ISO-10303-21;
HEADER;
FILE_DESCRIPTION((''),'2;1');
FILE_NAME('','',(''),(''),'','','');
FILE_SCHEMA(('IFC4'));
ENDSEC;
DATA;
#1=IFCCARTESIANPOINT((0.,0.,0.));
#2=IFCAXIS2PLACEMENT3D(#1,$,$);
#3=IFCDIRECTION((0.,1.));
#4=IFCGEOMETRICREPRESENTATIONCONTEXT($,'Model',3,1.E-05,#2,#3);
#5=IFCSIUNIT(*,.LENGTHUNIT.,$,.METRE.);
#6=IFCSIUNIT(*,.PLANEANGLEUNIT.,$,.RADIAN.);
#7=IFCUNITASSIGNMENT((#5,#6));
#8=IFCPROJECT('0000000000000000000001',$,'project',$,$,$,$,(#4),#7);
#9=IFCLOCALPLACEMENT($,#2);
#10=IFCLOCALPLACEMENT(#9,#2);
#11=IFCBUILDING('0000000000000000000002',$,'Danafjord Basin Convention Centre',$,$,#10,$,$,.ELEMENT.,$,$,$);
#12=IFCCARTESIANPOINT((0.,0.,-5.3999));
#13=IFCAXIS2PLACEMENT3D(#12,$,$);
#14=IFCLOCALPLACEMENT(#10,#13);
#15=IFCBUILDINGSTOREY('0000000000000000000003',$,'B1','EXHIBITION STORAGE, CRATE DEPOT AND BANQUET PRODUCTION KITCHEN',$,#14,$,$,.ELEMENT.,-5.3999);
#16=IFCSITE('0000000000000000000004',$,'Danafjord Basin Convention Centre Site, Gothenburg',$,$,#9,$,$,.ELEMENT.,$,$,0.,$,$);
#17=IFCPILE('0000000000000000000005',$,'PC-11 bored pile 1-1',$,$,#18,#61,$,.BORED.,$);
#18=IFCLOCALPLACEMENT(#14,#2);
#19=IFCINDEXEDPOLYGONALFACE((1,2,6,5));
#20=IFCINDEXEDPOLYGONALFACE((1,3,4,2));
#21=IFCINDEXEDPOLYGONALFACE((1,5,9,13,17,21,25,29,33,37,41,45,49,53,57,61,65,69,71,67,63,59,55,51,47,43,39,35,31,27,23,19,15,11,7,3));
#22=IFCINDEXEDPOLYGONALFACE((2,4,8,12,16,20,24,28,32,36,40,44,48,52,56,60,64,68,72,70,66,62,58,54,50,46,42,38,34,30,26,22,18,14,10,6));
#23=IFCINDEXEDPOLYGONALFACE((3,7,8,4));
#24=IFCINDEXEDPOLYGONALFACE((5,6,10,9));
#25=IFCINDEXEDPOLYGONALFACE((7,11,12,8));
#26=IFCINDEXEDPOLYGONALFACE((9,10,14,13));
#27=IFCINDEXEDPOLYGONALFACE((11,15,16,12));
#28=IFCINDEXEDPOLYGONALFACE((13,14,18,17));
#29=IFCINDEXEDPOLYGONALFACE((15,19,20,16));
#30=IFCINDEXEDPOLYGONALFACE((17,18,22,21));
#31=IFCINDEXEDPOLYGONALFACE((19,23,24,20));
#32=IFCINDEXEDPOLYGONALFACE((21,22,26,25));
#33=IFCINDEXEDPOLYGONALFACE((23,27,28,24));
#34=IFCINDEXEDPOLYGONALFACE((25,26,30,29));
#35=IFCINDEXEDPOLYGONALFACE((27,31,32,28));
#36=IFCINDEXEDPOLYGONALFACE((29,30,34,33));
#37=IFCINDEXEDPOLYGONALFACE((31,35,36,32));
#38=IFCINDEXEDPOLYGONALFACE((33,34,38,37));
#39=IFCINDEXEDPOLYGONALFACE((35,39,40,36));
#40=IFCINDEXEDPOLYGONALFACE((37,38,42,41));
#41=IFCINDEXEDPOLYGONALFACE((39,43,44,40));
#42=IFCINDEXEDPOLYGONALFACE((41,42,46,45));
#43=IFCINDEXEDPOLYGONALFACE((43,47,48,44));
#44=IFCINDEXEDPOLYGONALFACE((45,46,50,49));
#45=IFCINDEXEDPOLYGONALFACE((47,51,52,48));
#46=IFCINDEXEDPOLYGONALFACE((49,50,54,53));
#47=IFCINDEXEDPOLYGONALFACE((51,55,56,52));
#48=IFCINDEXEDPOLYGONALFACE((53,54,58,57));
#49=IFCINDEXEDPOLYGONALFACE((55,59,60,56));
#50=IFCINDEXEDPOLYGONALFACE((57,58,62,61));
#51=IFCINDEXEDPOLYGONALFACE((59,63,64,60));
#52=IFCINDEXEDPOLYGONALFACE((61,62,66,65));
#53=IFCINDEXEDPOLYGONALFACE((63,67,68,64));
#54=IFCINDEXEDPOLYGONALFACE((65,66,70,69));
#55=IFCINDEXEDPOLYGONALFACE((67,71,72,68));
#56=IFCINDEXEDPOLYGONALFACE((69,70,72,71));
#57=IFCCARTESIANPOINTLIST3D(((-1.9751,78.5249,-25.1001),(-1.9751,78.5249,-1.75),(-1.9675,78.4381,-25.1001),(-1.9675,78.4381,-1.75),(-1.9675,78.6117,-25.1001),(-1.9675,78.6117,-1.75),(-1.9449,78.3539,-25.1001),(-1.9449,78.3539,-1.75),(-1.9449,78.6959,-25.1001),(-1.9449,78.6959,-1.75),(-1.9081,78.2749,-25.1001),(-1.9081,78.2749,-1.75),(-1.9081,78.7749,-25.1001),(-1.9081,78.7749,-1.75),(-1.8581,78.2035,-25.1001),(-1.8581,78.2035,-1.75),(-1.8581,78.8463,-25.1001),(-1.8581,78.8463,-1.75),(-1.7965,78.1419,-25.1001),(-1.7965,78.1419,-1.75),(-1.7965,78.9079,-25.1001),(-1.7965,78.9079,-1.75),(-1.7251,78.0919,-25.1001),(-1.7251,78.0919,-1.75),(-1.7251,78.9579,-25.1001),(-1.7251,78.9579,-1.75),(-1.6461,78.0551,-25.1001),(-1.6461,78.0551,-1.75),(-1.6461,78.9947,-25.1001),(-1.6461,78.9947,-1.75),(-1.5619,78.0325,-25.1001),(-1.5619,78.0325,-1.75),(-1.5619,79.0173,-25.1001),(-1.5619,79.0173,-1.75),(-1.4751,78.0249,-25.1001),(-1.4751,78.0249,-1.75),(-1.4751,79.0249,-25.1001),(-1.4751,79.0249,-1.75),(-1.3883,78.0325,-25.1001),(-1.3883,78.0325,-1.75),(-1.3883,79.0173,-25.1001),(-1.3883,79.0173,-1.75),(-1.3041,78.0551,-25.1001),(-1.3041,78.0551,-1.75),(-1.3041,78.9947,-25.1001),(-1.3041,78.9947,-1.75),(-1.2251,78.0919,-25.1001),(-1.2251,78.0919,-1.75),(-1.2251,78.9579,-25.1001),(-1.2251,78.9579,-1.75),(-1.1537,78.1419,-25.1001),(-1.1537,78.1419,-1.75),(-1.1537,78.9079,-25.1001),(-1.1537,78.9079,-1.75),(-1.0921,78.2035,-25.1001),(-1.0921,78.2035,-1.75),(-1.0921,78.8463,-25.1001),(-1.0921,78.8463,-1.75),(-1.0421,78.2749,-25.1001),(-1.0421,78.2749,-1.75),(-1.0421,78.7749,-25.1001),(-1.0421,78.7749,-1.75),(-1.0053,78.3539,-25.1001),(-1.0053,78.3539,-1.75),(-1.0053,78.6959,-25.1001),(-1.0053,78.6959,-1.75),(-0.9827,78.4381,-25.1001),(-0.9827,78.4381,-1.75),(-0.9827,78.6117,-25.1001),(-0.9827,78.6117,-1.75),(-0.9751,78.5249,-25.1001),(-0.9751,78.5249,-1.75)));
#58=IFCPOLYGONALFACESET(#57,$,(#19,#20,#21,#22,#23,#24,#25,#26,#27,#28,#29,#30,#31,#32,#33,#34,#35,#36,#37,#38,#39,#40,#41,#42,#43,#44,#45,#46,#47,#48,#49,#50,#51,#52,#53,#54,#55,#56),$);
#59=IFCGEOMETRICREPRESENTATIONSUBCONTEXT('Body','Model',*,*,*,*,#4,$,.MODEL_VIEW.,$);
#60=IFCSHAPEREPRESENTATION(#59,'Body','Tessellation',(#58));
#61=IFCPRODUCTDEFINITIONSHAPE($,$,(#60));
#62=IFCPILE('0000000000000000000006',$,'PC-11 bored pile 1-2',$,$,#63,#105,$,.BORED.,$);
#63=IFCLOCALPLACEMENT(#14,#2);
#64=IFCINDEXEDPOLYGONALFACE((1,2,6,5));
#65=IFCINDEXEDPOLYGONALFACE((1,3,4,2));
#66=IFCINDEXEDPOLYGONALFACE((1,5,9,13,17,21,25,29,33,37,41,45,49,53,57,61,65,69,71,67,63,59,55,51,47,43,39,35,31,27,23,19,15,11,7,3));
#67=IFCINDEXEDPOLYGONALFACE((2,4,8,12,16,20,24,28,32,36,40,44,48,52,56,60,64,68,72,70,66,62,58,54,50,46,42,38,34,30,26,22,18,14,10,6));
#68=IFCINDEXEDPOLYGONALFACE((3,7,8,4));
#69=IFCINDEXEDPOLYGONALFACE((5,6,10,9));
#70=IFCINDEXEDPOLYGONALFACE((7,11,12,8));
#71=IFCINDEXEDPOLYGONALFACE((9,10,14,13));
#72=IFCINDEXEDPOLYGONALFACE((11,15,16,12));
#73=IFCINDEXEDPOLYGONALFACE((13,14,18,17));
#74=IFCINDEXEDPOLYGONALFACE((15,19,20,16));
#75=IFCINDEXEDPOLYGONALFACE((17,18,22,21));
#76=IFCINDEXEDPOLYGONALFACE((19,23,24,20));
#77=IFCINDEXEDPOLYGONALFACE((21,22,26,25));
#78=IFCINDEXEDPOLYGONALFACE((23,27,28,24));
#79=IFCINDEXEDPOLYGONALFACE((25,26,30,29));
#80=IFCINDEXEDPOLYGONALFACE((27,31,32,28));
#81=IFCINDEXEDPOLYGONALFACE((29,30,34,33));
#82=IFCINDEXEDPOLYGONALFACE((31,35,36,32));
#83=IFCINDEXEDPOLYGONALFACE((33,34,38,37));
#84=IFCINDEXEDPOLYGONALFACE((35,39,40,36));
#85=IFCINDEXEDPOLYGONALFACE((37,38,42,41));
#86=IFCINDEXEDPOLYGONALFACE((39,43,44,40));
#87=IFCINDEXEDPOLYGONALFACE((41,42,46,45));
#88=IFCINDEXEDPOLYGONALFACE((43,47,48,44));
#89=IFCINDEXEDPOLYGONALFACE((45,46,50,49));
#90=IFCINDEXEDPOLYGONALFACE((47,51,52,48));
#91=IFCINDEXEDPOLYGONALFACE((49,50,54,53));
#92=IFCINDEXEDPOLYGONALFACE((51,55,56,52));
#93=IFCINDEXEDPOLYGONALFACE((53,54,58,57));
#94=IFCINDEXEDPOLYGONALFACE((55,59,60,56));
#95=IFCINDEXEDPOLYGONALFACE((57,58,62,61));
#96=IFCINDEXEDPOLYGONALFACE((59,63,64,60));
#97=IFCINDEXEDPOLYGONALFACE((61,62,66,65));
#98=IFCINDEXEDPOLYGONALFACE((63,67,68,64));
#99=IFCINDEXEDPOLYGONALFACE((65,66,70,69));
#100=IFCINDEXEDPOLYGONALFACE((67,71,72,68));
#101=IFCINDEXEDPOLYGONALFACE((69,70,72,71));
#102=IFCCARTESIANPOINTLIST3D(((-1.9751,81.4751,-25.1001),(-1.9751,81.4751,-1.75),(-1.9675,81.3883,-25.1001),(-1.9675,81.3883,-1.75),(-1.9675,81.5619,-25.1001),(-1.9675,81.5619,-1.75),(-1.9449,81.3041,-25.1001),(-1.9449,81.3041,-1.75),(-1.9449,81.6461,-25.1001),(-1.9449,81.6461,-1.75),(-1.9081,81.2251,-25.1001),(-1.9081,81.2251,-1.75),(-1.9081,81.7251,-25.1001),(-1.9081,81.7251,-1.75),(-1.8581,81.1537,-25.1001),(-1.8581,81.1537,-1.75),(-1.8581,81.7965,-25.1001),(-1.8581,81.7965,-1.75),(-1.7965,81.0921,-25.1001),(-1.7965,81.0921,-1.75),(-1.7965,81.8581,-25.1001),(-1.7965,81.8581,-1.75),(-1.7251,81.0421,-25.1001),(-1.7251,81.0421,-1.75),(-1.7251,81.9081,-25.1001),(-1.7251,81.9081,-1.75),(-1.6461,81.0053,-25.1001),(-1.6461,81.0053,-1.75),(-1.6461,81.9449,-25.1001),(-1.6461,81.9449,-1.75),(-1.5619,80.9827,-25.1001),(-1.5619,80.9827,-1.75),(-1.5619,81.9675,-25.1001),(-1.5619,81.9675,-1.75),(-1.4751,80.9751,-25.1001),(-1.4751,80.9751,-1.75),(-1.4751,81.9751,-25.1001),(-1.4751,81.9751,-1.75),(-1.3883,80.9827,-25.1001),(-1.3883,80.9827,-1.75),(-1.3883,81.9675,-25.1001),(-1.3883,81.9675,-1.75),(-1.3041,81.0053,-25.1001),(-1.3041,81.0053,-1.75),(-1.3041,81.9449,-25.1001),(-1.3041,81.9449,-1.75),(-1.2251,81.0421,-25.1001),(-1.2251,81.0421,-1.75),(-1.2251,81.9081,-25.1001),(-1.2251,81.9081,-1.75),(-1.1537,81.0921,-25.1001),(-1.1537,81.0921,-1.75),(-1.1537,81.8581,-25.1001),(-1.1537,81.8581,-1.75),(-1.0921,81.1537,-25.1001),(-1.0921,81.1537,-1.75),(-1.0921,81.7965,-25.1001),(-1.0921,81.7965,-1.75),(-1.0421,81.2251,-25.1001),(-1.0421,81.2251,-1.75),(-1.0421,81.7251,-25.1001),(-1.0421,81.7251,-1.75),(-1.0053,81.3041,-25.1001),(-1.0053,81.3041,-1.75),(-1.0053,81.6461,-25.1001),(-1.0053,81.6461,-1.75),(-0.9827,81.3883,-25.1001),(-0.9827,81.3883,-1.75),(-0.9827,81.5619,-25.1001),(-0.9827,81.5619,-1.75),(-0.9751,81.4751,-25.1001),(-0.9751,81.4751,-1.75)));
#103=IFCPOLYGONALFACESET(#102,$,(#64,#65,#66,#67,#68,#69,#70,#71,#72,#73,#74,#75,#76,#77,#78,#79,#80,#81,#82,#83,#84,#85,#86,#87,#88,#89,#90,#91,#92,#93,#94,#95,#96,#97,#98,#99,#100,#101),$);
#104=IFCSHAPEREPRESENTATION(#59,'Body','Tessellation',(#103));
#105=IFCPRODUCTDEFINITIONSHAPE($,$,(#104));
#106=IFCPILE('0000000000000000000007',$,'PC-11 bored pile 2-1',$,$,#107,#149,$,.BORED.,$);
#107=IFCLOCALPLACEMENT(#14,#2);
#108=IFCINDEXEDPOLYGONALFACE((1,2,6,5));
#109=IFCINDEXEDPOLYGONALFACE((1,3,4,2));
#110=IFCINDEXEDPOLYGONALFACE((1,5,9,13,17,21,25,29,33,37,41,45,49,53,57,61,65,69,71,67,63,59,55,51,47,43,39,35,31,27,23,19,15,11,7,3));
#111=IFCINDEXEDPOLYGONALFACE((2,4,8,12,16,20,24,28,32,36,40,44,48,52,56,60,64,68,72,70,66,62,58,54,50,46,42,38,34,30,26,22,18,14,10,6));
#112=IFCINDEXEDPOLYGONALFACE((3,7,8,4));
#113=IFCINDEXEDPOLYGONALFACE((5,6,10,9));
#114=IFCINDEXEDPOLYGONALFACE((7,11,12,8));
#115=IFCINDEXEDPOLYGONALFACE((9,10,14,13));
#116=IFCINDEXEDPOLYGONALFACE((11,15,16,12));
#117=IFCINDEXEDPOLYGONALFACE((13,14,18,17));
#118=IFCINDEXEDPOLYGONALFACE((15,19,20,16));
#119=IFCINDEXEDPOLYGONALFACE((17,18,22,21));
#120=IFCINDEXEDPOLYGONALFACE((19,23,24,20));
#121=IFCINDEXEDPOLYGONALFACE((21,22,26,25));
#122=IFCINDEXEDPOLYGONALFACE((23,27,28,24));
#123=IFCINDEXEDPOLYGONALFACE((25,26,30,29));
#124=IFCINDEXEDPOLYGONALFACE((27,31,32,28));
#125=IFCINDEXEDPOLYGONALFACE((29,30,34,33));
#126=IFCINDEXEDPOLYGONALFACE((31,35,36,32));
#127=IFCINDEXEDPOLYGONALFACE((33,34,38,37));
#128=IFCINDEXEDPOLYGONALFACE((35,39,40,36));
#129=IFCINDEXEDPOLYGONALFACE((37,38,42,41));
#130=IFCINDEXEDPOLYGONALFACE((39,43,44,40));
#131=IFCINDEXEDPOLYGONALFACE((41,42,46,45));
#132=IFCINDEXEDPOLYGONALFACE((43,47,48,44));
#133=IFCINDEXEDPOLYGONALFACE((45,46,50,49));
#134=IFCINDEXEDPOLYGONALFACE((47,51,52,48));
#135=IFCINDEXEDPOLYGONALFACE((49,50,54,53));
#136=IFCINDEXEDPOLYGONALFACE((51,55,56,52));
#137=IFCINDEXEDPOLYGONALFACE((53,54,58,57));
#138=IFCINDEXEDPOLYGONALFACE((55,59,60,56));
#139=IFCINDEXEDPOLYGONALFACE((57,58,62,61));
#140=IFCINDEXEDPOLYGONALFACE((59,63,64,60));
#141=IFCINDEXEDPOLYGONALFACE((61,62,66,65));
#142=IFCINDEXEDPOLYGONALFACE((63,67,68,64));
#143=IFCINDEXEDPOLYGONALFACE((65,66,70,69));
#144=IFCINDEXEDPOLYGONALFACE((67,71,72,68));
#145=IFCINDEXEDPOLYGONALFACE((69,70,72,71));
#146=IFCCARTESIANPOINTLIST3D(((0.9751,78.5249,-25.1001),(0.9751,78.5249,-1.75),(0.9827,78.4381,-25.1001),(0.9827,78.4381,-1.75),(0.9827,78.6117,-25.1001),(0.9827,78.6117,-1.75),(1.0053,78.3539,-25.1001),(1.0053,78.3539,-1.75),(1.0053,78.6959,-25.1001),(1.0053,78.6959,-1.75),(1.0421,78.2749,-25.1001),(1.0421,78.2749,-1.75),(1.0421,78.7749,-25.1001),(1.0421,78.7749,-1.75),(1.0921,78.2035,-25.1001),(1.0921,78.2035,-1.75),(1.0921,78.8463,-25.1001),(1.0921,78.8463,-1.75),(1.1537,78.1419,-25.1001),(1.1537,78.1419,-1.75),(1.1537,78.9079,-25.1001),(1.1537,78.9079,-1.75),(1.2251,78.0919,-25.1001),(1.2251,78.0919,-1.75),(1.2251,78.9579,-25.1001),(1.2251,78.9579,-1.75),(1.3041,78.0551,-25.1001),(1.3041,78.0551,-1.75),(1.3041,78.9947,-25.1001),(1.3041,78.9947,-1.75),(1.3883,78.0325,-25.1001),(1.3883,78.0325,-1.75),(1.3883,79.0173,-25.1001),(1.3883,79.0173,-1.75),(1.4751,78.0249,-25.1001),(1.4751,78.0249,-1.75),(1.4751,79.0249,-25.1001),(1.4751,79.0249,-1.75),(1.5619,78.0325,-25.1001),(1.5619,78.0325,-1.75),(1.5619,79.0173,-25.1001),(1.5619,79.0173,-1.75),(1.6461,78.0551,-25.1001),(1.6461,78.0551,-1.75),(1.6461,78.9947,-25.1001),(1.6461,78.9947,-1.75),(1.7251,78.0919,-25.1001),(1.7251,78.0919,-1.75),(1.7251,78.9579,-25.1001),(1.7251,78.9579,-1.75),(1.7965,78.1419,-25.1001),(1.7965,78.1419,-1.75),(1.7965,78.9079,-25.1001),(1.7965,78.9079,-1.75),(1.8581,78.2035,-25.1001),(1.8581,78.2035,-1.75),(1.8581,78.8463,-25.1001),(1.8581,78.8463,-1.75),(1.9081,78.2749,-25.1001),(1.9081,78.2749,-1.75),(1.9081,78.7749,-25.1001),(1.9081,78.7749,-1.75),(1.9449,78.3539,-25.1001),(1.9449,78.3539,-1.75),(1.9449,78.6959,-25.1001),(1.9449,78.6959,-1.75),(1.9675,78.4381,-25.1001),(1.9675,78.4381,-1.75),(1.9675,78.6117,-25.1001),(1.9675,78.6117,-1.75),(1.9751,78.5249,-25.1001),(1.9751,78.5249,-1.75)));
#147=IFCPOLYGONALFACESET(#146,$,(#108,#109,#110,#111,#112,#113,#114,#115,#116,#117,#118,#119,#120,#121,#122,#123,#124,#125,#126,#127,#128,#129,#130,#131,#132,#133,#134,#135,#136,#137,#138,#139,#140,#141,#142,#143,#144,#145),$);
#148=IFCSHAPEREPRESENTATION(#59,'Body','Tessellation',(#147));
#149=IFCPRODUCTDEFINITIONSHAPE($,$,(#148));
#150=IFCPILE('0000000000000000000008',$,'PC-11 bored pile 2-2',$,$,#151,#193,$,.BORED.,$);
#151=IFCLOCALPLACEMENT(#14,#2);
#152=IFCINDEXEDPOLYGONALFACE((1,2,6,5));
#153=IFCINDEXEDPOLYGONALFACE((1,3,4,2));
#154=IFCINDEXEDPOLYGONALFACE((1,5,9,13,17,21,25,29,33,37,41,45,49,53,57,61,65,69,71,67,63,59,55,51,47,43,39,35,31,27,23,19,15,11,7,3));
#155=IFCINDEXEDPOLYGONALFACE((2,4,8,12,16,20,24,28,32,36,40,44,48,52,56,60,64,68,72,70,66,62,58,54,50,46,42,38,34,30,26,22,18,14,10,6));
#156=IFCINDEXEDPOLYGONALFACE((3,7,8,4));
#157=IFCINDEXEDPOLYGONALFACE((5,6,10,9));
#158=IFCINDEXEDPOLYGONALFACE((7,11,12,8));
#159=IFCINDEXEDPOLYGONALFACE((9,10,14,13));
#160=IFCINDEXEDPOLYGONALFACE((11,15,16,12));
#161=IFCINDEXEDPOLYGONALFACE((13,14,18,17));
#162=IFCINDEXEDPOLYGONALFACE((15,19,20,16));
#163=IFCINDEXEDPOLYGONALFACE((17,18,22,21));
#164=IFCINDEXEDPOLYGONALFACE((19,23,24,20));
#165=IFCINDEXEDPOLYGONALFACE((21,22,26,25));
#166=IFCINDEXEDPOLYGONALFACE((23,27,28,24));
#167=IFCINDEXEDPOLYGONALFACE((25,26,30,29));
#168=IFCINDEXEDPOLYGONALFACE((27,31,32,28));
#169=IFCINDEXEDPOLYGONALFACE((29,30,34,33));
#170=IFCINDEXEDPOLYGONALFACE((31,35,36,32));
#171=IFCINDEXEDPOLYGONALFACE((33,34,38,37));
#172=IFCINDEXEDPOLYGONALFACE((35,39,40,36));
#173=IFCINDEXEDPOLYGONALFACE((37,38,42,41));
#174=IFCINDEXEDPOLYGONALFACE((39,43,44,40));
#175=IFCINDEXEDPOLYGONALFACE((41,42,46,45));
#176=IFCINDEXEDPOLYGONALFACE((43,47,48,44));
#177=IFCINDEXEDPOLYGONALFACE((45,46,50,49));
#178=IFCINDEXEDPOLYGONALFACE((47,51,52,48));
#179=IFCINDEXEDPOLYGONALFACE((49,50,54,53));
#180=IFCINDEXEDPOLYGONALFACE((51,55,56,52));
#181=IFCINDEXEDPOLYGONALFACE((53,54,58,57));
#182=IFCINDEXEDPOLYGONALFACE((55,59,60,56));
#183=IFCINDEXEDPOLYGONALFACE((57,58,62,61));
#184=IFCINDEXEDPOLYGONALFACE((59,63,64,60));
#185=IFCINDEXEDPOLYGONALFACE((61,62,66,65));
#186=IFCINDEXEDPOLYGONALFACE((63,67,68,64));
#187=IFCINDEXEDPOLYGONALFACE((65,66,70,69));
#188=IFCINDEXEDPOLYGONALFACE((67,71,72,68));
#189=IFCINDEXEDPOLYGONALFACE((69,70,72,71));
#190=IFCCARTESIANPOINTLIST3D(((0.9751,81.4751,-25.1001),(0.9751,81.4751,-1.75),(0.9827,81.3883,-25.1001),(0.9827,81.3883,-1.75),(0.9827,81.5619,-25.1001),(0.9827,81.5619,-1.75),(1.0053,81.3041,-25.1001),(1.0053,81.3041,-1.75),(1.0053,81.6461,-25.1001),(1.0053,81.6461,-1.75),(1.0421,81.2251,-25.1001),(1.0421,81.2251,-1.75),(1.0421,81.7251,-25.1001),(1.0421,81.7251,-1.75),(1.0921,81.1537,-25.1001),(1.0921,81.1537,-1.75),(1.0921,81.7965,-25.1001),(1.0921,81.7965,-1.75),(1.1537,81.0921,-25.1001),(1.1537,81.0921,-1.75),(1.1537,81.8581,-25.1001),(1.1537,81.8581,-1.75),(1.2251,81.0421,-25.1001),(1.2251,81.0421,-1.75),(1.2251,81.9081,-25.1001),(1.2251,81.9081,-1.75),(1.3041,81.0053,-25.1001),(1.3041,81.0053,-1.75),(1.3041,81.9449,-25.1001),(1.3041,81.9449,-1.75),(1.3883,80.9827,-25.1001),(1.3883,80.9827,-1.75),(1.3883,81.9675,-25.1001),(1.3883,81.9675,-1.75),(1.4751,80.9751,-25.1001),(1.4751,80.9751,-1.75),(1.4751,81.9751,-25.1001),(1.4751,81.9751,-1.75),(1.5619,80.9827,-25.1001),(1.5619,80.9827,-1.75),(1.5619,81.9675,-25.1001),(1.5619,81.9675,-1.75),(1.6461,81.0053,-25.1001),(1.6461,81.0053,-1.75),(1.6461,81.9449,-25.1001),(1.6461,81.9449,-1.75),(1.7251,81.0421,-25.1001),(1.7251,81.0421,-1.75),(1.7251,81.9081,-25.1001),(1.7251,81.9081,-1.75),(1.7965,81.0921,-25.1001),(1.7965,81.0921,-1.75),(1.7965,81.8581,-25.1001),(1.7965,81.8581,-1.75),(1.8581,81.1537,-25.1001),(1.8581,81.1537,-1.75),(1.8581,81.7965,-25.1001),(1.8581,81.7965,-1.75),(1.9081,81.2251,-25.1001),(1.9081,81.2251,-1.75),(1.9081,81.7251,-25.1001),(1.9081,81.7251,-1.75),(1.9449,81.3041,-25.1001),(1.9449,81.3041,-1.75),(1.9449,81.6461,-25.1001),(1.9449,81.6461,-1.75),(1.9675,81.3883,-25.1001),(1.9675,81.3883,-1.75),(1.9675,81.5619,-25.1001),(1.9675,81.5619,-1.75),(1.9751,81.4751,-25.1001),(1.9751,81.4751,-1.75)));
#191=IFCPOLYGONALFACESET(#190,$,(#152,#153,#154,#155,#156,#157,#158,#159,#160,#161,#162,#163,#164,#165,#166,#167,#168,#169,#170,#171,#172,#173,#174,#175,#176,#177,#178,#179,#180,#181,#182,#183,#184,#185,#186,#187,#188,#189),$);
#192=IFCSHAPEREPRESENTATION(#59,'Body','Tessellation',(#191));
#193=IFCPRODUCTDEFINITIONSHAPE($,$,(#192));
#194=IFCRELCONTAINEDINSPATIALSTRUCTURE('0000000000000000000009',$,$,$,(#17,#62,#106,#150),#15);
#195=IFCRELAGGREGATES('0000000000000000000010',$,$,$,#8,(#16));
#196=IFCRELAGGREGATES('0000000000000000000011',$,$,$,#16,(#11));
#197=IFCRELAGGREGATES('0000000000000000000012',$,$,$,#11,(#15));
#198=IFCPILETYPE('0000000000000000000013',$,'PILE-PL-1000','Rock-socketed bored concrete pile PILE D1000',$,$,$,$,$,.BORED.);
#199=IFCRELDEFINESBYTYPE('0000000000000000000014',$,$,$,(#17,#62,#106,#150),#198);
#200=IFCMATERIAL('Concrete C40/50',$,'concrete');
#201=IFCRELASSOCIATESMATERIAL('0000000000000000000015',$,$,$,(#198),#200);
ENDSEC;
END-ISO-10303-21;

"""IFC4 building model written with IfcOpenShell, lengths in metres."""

from ifc_helpers import new_model, si_unit, direction, frame, origin, origin_2d, place, context, subcontext, project, spatial, circle, extrude, material, material_profile, profile_set, type_object, element, save


model = new_model("IFC4")

# Units and contexts
model_context = context("Model", 3, precision=1e-05, world=origin(), true_north=direction((0.0, 1.0)))
body_context = subcontext(model_context, "Body", "Model", "MODEL_VIEW")
ifc_project = project(units=[si_unit("LENGTHUNIT", "METRE"), si_unit("PLANEANGLEUNIT", "RADIAN")], contexts=[model_context])

# Site, building, storey
site_placement = place(None, origin())
site = spatial("IfcSite", under=ifc_project, at=site_placement, Name="Danafjord Basin Convention Centre Site, Gothenburg", CompositionType="ELEMENT", RefElevation=0.0)
building_placement = place(site_placement, origin())
building = spatial("IfcBuilding", under=site, at=building_placement, Name="Danafjord Basin Convention Centre", CompositionType="ELEMENT")
storey_placement = place(building_placement, frame((0.0, 0.0, -5.3999)))
storey = spatial("IfcBuildingStorey", under=building, at=storey_placement, Name="B1", Description="EXHIBITION STORAGE, CRATE DEPOT AND BANQUET PRODUCTION KITCHEN", CompositionType="ELEMENT", Elevation=-5.3999)

# Shared definitions
ifc_material_1 = material(Name="Concrete C40/50", Category="concrete")

# Piles
ifc_material_profile_1 = material_profile(ifc_material_1, circle(Radius=0.5, at=origin_2d()), Name="PILE D1000")
ifc_profile_set_1 = profile_set([ifc_material_profile_1], Name="Concrete C40/50")
pile_type_1 = type_object("IfcPileType", Name="PILE-PL-1000", Description="Rock-socketed bored concrete pile PILE D1000", PredefinedType="BORED", material=ifc_profile_set_1)
for number, where, z_axis, x_axis, name in (
    (1, (-1.4751, 78.5249, -1.75), (0.0, 0.0, -1.0), (1.0, 0.0, 0.0), "PC-11 bored pile 1-1"),
    (2, (-1.4751, 81.4751, -1.75), (0.0, 0.0, -1.0), (1.0, 0.0, 0.0), "PC-11 bored pile 1-2"),
    (3, (1.4751, 78.5249, -1.75), (0.0, 0.0, -1.0), (1.0, 0.0, 0.0), "PC-11 bored pile 2-1"),
    (4, (1.4751, 81.4751, -1.75), (0.0, 0.0, -1.0), (1.0, 0.0, 0.0), "PC-11 bored pile 2-2"),
):
    element("IfcPile", number, at=place(storey_placement, frame(where, z_axis=z_axis, x_axis=x_axis)), inside=storey, type_object=pile_type_1, Name=name, PredefinedType="BORED", context=body_context, shape_type="SweptSolid", body=[
        extrude(circle(Radius=0.5, at=origin_2d()), origin(), (0.0, 0.0, 1.0), 23.3501),
    ])

save(model, "model.ifc")
